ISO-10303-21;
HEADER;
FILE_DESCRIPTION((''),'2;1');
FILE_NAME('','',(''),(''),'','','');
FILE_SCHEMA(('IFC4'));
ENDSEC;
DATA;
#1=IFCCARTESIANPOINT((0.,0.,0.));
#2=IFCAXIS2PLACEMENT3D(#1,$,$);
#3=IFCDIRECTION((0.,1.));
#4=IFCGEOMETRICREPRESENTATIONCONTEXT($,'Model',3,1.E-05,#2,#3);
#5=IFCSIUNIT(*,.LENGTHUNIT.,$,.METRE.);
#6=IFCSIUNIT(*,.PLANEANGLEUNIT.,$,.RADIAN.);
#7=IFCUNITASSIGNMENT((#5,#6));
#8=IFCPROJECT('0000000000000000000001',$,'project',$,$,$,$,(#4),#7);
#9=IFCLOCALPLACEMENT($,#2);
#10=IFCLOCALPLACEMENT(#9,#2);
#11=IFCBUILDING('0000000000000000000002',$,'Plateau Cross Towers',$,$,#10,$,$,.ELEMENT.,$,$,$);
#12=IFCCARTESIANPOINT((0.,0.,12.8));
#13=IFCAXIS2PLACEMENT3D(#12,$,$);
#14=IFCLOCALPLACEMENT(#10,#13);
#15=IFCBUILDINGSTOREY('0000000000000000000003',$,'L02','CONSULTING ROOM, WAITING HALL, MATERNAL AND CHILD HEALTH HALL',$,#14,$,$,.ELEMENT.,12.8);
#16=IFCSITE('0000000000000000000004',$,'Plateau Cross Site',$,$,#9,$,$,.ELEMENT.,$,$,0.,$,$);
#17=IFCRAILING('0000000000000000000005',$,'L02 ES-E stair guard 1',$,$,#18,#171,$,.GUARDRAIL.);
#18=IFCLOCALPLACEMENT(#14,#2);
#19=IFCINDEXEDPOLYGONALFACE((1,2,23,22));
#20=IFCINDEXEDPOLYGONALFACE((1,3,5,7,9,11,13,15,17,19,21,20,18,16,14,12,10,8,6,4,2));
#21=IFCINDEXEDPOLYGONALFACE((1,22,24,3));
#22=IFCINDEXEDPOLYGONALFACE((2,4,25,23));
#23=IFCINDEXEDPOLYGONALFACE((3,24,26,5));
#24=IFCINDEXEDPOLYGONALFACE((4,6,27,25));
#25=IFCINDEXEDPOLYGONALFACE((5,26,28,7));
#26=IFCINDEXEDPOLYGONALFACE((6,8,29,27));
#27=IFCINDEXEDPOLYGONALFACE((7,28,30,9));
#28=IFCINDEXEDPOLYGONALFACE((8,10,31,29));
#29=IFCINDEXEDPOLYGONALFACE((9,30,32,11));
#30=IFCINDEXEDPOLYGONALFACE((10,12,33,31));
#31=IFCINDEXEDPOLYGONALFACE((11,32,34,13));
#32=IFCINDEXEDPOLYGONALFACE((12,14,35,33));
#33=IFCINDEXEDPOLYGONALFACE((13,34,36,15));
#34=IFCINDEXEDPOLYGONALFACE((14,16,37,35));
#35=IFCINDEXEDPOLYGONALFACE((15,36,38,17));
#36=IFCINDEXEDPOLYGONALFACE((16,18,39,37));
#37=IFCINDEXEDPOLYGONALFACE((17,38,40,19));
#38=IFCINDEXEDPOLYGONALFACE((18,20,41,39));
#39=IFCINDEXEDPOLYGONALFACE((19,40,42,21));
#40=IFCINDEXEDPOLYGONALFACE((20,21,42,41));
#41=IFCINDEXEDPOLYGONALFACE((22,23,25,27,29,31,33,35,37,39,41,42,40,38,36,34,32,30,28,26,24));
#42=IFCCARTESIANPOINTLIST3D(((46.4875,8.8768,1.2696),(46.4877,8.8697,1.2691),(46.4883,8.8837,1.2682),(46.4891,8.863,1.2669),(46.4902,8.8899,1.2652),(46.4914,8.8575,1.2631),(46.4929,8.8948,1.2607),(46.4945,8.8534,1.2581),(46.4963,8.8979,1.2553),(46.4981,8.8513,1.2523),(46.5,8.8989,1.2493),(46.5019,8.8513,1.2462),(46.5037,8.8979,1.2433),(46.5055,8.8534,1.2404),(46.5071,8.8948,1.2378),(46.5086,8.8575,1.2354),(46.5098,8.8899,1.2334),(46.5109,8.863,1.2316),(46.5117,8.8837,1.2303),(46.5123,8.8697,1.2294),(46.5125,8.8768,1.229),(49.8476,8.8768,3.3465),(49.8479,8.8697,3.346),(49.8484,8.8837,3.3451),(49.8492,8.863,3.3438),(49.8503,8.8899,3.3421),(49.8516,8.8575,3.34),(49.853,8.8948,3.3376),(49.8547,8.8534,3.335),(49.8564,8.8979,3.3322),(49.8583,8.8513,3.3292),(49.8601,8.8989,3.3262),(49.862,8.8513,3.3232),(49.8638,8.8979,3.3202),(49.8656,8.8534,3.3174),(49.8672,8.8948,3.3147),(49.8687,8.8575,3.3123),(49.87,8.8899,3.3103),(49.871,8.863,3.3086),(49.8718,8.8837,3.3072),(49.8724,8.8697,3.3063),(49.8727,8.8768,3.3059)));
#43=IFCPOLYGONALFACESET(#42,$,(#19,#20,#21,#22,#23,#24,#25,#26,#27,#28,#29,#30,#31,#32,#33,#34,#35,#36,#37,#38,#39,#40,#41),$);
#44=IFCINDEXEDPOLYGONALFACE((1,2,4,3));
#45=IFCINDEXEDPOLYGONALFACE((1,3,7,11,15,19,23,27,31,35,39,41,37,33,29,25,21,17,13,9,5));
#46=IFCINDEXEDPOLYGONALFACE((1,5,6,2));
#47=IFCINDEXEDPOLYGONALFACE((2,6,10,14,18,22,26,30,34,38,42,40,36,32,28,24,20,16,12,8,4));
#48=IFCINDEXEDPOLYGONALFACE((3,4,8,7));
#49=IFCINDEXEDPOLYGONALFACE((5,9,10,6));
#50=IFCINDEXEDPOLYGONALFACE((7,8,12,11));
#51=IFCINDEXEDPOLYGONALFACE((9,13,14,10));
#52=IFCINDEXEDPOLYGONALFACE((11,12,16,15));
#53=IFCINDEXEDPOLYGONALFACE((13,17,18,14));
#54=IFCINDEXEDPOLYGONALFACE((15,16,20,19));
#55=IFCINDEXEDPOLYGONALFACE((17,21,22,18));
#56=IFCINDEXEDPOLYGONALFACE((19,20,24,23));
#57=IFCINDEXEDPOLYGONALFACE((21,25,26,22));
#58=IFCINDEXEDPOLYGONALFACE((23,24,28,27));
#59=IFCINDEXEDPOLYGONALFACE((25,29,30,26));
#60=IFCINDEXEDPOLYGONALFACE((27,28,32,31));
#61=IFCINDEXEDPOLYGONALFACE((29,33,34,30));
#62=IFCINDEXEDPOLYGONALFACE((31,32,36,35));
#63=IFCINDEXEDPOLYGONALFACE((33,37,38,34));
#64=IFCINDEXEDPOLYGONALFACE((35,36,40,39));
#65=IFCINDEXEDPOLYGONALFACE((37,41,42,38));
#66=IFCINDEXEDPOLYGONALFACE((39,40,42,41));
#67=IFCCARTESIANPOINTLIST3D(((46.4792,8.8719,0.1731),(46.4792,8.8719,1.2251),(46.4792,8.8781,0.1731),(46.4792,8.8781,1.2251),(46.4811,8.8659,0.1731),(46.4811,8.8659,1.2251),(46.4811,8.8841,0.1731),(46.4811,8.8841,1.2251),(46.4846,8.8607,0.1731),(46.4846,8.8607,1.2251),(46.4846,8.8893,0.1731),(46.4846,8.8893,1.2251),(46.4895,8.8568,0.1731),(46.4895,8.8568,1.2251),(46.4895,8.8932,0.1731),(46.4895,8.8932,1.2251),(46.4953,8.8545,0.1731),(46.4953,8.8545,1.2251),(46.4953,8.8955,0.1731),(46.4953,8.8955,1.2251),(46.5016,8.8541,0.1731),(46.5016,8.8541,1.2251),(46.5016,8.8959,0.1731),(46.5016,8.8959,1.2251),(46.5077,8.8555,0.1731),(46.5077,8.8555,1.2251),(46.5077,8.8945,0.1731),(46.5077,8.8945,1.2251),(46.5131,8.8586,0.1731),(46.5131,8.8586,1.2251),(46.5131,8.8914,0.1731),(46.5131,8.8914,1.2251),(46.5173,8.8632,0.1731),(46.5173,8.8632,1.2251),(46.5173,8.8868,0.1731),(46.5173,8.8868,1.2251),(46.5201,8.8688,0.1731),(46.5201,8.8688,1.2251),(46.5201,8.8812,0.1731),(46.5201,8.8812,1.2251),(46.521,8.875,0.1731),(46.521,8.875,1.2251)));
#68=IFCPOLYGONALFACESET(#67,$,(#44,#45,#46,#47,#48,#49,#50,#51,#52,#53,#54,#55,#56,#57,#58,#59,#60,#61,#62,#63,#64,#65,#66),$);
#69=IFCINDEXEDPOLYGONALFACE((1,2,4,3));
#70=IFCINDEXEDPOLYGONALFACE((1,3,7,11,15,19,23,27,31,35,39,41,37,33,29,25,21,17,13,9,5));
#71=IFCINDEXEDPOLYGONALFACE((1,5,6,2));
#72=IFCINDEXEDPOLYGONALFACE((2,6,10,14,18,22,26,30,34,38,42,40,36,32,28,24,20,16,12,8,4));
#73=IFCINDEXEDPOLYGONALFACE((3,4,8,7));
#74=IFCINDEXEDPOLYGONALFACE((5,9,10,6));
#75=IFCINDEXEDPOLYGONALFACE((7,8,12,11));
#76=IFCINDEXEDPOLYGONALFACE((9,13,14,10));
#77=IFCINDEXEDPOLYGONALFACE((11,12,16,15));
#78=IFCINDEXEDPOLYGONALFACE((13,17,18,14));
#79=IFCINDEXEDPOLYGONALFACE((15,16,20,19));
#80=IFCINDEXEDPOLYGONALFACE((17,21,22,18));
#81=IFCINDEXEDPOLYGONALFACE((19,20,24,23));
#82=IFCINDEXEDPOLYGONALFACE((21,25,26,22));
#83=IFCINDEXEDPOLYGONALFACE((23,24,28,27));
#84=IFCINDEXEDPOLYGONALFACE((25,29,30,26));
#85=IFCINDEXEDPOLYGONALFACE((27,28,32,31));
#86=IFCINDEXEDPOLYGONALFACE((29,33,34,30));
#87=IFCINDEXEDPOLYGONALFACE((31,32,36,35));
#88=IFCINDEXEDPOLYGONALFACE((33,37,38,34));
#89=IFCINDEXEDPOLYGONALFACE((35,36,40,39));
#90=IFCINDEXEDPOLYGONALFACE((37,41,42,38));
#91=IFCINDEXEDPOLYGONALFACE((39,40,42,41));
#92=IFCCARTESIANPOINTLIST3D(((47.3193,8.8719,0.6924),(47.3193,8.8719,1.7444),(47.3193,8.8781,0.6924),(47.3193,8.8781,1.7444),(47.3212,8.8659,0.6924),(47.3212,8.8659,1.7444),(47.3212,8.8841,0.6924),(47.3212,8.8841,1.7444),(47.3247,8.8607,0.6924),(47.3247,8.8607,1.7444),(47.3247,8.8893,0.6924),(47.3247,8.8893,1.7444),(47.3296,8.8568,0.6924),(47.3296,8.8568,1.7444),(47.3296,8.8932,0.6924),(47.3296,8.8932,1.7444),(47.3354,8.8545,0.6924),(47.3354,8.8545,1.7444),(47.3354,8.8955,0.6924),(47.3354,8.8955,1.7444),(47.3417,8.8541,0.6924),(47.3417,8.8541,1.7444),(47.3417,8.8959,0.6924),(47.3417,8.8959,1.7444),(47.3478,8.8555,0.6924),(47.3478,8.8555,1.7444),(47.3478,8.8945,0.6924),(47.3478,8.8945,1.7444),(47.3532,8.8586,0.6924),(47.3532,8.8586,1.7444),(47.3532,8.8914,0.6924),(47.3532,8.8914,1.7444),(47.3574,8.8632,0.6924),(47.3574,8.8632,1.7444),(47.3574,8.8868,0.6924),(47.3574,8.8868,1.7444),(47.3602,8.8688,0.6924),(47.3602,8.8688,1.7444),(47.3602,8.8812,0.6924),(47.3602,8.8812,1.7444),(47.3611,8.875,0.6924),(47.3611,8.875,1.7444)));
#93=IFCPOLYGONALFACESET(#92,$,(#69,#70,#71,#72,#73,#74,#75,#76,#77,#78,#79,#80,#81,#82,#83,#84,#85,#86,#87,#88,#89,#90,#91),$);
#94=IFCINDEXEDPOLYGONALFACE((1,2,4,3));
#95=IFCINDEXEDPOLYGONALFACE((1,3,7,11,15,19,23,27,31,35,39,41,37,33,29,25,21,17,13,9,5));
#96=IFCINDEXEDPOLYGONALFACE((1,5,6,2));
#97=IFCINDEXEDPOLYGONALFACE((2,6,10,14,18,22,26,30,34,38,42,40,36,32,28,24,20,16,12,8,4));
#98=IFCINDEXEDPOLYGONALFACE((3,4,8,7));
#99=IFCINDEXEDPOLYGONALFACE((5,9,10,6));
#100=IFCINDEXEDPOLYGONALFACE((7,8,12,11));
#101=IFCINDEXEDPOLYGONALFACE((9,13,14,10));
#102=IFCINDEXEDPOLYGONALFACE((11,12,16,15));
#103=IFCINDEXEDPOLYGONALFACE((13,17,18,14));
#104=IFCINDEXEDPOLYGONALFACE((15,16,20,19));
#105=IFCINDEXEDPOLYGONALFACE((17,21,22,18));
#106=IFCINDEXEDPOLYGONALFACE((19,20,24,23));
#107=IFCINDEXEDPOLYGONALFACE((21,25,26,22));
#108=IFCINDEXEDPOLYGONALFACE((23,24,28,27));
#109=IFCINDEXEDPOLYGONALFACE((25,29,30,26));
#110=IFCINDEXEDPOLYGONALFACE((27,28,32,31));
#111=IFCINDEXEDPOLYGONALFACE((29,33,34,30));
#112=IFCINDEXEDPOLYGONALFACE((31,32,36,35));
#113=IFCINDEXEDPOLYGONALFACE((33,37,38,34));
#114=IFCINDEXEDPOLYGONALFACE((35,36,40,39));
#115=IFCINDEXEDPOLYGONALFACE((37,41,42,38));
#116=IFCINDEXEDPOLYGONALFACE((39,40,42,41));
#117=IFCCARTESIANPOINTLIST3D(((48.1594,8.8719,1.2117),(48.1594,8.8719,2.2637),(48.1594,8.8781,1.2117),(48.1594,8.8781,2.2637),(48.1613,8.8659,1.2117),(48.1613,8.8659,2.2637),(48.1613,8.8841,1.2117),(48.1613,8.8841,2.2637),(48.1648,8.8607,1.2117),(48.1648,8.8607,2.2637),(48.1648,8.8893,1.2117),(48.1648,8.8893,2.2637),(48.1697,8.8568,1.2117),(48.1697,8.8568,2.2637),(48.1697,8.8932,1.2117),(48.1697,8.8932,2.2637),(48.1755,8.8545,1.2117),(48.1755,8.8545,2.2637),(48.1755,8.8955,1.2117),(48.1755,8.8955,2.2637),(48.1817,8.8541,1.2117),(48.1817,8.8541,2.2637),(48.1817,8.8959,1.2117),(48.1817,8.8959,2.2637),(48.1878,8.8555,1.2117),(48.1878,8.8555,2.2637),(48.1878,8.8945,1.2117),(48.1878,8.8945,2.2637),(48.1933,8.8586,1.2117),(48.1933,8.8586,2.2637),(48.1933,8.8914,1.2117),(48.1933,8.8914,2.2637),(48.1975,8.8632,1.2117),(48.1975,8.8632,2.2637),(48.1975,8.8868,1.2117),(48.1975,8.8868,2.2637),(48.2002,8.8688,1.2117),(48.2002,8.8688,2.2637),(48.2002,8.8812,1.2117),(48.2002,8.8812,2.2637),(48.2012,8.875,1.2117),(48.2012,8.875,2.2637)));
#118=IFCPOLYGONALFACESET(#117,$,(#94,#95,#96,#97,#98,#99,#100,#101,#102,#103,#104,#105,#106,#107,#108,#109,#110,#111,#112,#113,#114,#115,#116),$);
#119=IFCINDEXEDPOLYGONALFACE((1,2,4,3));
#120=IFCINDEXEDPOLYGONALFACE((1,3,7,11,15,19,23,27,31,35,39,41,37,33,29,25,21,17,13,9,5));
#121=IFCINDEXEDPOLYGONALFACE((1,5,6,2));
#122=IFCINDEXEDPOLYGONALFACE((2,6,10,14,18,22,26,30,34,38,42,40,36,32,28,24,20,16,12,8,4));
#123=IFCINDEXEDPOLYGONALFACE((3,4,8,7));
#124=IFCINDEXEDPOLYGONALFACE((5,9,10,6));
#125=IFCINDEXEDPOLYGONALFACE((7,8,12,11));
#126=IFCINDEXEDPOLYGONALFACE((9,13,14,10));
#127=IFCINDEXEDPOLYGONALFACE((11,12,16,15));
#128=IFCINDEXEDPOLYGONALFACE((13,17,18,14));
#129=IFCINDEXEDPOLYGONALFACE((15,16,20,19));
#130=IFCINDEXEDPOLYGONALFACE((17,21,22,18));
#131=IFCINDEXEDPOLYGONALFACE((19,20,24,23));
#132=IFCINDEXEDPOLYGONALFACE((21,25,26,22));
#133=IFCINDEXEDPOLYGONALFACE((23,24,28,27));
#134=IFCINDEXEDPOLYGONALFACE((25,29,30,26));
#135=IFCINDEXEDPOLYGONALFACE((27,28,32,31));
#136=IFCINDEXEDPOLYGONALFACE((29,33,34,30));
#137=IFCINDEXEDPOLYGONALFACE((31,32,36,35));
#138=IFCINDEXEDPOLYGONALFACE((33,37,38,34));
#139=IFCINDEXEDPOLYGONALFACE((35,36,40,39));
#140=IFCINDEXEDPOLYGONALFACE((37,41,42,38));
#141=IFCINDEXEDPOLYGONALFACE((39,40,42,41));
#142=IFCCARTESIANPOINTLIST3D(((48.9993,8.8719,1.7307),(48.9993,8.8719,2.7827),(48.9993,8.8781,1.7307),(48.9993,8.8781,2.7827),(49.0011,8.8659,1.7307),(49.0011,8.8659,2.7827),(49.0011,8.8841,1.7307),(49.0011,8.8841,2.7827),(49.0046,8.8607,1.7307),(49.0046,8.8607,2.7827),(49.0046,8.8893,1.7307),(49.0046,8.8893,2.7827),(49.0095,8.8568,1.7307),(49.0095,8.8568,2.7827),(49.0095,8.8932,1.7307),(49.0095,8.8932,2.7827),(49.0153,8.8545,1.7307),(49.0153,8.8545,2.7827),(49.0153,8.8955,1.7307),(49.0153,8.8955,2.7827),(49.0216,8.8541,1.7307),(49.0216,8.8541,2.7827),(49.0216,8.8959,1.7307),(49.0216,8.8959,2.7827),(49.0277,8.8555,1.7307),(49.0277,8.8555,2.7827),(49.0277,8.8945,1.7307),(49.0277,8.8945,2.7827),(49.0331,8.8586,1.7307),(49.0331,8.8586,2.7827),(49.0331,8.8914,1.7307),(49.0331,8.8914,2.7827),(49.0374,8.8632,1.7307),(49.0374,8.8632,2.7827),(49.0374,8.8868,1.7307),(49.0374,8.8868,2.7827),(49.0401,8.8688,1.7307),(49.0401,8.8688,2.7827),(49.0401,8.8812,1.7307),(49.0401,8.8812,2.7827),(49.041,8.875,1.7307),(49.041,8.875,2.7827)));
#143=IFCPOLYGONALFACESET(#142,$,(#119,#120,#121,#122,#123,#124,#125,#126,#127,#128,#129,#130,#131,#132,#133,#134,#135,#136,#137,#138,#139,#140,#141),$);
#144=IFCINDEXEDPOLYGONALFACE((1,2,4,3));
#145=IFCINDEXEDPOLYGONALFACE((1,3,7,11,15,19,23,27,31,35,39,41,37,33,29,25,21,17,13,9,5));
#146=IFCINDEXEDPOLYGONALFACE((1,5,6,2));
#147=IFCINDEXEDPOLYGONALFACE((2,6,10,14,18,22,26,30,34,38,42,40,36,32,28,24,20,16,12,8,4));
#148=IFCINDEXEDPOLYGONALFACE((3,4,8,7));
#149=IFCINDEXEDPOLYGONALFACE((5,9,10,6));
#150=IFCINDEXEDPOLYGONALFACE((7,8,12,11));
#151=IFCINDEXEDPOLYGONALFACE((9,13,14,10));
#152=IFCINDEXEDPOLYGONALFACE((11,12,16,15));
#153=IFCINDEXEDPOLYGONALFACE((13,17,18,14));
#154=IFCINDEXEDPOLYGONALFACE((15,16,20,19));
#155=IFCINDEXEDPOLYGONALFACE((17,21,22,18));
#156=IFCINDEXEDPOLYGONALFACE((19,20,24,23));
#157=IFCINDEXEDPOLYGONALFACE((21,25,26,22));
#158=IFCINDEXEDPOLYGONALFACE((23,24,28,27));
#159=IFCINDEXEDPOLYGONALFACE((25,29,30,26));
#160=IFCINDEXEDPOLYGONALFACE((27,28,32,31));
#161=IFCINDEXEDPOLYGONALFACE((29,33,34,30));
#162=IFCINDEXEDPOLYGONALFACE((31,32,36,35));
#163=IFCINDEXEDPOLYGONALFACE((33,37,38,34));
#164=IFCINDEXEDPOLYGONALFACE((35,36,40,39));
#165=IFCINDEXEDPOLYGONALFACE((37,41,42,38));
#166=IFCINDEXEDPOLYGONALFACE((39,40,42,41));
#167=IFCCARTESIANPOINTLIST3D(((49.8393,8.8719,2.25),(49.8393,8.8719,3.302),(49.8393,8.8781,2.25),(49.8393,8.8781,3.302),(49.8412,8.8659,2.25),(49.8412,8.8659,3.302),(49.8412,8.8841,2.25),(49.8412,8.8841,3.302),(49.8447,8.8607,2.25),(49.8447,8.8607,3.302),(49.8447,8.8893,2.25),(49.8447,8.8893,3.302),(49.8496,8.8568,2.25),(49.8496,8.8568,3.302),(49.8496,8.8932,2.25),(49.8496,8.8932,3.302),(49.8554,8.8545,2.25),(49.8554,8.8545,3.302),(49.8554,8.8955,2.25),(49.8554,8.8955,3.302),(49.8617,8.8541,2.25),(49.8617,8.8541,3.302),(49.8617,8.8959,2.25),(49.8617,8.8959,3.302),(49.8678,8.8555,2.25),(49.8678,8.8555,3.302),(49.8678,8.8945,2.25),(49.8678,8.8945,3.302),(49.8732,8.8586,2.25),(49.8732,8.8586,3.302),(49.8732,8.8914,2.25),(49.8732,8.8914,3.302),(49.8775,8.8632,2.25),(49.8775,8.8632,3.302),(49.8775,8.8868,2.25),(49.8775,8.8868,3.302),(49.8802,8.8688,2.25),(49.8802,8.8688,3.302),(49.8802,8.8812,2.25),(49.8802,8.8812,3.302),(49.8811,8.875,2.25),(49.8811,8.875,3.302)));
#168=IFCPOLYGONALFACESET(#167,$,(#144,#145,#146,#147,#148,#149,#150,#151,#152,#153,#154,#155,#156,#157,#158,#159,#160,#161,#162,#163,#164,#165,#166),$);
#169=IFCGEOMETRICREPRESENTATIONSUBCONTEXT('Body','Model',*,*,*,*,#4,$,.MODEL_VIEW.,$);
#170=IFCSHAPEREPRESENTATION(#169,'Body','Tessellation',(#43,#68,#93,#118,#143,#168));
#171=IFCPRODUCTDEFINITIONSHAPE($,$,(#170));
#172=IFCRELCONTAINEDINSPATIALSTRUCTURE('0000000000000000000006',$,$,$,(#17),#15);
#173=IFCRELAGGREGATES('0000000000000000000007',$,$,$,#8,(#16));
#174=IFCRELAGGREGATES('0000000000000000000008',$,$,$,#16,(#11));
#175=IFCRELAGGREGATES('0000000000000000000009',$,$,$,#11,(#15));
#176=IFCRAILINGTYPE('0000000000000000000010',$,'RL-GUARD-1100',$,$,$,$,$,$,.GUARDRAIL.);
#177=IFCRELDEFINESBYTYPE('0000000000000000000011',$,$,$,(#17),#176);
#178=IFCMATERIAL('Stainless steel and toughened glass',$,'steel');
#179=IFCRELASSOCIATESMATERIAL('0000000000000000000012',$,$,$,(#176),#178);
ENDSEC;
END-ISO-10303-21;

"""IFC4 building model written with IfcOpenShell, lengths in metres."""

from ifc_helpers import new_model, si_unit, direction, frame, origin, origin_2d, place, context, subcontext, project, spatial, circle, extrude, material, type_object, element, save


model = new_model("IFC4")

# Units and contexts
model_context = context("Model", 3, precision=1e-05, world=origin(), true_north=direction((0.0, 1.0)))
body_context = subcontext(model_context, "Body", "Model", "MODEL_VIEW")
ifc_project = project(units=[si_unit("LENGTHUNIT", "METRE"), si_unit("PLANEANGLEUNIT", "RADIAN")], contexts=[model_context])

# Site, building, storey
site_placement = place(None, origin())
site = spatial("IfcSite", under=ifc_project, at=site_placement, Name="Plateau Cross Site", CompositionType="ELEMENT", RefElevation=0.0)
building_placement = place(site_placement, origin())
building = spatial("IfcBuilding", under=site, at=building_placement, Name="Plateau Cross Towers", CompositionType="ELEMENT")
storey_placement = place(building_placement, frame((0.0, 0.0, 12.8)))
storey = spatial("IfcBuildingStorey", under=building, at=storey_placement, Name="L02", Description="CONSULTING ROOM, WAITING HALL, MATERNAL AND CHILD HEALTH HALL", CompositionType="ELEMENT", Elevation=12.8)

# Railing
ifc_material_1 = material(Name="Stainless steel and toughened glass", Category="steel")
railing_type_1 = type_object("IfcRailingType", Name="RL-GUARD-1100", PredefinedType="GUARDRAIL", material=ifc_material_1)
railing_1_placement = place(storey_placement, frame((46.5, 8.875, 0.1731)))
element("IfcRailing", 1, at=railing_1_placement, inside=storey, type_object=railing_type_1, Name="L02 ES-E stair guard 1", PredefinedType="GUARDRAIL", context=body_context, shape_type="SweptSolid", body=[
    extrude(circle(Radius=0.0239, at=origin_2d()), frame((0.0, 0.0, 1.0762), z_axis=(0.850623, 0.0, 0.525776), x_axis=(0.0, 1.0, 0.0)), (0.0, 0.0, 1.0), 3.9502),
    extrude(circle(Radius=0.021, at=origin_2d()), origin(), (0.0, 0.0, 1.0), 1.052),
    extrude(circle(Radius=0.021, at=origin_2d()), frame((0.8401, 0.0, 0.5193)), (0.0, 0.0, 1.0), 1.052),
    extrude(circle(Radius=0.021, at=origin_2d()), frame((1.6802, 0.0, 1.0386)), (0.0, 0.0, 1.0), 1.052),
    extrude(circle(Radius=0.021, at=origin_2d()), frame((2.52, 0.0, 1.5576)), (0.0, 0.0, 1.0), 1.052),
    extrude(circle(Radius=0.021, at=origin_2d()), frame((3.3601, 0.0, 2.0769)), (0.0, 0.0, 1.0), 1.052),
])

save(model, "model.ifc")
